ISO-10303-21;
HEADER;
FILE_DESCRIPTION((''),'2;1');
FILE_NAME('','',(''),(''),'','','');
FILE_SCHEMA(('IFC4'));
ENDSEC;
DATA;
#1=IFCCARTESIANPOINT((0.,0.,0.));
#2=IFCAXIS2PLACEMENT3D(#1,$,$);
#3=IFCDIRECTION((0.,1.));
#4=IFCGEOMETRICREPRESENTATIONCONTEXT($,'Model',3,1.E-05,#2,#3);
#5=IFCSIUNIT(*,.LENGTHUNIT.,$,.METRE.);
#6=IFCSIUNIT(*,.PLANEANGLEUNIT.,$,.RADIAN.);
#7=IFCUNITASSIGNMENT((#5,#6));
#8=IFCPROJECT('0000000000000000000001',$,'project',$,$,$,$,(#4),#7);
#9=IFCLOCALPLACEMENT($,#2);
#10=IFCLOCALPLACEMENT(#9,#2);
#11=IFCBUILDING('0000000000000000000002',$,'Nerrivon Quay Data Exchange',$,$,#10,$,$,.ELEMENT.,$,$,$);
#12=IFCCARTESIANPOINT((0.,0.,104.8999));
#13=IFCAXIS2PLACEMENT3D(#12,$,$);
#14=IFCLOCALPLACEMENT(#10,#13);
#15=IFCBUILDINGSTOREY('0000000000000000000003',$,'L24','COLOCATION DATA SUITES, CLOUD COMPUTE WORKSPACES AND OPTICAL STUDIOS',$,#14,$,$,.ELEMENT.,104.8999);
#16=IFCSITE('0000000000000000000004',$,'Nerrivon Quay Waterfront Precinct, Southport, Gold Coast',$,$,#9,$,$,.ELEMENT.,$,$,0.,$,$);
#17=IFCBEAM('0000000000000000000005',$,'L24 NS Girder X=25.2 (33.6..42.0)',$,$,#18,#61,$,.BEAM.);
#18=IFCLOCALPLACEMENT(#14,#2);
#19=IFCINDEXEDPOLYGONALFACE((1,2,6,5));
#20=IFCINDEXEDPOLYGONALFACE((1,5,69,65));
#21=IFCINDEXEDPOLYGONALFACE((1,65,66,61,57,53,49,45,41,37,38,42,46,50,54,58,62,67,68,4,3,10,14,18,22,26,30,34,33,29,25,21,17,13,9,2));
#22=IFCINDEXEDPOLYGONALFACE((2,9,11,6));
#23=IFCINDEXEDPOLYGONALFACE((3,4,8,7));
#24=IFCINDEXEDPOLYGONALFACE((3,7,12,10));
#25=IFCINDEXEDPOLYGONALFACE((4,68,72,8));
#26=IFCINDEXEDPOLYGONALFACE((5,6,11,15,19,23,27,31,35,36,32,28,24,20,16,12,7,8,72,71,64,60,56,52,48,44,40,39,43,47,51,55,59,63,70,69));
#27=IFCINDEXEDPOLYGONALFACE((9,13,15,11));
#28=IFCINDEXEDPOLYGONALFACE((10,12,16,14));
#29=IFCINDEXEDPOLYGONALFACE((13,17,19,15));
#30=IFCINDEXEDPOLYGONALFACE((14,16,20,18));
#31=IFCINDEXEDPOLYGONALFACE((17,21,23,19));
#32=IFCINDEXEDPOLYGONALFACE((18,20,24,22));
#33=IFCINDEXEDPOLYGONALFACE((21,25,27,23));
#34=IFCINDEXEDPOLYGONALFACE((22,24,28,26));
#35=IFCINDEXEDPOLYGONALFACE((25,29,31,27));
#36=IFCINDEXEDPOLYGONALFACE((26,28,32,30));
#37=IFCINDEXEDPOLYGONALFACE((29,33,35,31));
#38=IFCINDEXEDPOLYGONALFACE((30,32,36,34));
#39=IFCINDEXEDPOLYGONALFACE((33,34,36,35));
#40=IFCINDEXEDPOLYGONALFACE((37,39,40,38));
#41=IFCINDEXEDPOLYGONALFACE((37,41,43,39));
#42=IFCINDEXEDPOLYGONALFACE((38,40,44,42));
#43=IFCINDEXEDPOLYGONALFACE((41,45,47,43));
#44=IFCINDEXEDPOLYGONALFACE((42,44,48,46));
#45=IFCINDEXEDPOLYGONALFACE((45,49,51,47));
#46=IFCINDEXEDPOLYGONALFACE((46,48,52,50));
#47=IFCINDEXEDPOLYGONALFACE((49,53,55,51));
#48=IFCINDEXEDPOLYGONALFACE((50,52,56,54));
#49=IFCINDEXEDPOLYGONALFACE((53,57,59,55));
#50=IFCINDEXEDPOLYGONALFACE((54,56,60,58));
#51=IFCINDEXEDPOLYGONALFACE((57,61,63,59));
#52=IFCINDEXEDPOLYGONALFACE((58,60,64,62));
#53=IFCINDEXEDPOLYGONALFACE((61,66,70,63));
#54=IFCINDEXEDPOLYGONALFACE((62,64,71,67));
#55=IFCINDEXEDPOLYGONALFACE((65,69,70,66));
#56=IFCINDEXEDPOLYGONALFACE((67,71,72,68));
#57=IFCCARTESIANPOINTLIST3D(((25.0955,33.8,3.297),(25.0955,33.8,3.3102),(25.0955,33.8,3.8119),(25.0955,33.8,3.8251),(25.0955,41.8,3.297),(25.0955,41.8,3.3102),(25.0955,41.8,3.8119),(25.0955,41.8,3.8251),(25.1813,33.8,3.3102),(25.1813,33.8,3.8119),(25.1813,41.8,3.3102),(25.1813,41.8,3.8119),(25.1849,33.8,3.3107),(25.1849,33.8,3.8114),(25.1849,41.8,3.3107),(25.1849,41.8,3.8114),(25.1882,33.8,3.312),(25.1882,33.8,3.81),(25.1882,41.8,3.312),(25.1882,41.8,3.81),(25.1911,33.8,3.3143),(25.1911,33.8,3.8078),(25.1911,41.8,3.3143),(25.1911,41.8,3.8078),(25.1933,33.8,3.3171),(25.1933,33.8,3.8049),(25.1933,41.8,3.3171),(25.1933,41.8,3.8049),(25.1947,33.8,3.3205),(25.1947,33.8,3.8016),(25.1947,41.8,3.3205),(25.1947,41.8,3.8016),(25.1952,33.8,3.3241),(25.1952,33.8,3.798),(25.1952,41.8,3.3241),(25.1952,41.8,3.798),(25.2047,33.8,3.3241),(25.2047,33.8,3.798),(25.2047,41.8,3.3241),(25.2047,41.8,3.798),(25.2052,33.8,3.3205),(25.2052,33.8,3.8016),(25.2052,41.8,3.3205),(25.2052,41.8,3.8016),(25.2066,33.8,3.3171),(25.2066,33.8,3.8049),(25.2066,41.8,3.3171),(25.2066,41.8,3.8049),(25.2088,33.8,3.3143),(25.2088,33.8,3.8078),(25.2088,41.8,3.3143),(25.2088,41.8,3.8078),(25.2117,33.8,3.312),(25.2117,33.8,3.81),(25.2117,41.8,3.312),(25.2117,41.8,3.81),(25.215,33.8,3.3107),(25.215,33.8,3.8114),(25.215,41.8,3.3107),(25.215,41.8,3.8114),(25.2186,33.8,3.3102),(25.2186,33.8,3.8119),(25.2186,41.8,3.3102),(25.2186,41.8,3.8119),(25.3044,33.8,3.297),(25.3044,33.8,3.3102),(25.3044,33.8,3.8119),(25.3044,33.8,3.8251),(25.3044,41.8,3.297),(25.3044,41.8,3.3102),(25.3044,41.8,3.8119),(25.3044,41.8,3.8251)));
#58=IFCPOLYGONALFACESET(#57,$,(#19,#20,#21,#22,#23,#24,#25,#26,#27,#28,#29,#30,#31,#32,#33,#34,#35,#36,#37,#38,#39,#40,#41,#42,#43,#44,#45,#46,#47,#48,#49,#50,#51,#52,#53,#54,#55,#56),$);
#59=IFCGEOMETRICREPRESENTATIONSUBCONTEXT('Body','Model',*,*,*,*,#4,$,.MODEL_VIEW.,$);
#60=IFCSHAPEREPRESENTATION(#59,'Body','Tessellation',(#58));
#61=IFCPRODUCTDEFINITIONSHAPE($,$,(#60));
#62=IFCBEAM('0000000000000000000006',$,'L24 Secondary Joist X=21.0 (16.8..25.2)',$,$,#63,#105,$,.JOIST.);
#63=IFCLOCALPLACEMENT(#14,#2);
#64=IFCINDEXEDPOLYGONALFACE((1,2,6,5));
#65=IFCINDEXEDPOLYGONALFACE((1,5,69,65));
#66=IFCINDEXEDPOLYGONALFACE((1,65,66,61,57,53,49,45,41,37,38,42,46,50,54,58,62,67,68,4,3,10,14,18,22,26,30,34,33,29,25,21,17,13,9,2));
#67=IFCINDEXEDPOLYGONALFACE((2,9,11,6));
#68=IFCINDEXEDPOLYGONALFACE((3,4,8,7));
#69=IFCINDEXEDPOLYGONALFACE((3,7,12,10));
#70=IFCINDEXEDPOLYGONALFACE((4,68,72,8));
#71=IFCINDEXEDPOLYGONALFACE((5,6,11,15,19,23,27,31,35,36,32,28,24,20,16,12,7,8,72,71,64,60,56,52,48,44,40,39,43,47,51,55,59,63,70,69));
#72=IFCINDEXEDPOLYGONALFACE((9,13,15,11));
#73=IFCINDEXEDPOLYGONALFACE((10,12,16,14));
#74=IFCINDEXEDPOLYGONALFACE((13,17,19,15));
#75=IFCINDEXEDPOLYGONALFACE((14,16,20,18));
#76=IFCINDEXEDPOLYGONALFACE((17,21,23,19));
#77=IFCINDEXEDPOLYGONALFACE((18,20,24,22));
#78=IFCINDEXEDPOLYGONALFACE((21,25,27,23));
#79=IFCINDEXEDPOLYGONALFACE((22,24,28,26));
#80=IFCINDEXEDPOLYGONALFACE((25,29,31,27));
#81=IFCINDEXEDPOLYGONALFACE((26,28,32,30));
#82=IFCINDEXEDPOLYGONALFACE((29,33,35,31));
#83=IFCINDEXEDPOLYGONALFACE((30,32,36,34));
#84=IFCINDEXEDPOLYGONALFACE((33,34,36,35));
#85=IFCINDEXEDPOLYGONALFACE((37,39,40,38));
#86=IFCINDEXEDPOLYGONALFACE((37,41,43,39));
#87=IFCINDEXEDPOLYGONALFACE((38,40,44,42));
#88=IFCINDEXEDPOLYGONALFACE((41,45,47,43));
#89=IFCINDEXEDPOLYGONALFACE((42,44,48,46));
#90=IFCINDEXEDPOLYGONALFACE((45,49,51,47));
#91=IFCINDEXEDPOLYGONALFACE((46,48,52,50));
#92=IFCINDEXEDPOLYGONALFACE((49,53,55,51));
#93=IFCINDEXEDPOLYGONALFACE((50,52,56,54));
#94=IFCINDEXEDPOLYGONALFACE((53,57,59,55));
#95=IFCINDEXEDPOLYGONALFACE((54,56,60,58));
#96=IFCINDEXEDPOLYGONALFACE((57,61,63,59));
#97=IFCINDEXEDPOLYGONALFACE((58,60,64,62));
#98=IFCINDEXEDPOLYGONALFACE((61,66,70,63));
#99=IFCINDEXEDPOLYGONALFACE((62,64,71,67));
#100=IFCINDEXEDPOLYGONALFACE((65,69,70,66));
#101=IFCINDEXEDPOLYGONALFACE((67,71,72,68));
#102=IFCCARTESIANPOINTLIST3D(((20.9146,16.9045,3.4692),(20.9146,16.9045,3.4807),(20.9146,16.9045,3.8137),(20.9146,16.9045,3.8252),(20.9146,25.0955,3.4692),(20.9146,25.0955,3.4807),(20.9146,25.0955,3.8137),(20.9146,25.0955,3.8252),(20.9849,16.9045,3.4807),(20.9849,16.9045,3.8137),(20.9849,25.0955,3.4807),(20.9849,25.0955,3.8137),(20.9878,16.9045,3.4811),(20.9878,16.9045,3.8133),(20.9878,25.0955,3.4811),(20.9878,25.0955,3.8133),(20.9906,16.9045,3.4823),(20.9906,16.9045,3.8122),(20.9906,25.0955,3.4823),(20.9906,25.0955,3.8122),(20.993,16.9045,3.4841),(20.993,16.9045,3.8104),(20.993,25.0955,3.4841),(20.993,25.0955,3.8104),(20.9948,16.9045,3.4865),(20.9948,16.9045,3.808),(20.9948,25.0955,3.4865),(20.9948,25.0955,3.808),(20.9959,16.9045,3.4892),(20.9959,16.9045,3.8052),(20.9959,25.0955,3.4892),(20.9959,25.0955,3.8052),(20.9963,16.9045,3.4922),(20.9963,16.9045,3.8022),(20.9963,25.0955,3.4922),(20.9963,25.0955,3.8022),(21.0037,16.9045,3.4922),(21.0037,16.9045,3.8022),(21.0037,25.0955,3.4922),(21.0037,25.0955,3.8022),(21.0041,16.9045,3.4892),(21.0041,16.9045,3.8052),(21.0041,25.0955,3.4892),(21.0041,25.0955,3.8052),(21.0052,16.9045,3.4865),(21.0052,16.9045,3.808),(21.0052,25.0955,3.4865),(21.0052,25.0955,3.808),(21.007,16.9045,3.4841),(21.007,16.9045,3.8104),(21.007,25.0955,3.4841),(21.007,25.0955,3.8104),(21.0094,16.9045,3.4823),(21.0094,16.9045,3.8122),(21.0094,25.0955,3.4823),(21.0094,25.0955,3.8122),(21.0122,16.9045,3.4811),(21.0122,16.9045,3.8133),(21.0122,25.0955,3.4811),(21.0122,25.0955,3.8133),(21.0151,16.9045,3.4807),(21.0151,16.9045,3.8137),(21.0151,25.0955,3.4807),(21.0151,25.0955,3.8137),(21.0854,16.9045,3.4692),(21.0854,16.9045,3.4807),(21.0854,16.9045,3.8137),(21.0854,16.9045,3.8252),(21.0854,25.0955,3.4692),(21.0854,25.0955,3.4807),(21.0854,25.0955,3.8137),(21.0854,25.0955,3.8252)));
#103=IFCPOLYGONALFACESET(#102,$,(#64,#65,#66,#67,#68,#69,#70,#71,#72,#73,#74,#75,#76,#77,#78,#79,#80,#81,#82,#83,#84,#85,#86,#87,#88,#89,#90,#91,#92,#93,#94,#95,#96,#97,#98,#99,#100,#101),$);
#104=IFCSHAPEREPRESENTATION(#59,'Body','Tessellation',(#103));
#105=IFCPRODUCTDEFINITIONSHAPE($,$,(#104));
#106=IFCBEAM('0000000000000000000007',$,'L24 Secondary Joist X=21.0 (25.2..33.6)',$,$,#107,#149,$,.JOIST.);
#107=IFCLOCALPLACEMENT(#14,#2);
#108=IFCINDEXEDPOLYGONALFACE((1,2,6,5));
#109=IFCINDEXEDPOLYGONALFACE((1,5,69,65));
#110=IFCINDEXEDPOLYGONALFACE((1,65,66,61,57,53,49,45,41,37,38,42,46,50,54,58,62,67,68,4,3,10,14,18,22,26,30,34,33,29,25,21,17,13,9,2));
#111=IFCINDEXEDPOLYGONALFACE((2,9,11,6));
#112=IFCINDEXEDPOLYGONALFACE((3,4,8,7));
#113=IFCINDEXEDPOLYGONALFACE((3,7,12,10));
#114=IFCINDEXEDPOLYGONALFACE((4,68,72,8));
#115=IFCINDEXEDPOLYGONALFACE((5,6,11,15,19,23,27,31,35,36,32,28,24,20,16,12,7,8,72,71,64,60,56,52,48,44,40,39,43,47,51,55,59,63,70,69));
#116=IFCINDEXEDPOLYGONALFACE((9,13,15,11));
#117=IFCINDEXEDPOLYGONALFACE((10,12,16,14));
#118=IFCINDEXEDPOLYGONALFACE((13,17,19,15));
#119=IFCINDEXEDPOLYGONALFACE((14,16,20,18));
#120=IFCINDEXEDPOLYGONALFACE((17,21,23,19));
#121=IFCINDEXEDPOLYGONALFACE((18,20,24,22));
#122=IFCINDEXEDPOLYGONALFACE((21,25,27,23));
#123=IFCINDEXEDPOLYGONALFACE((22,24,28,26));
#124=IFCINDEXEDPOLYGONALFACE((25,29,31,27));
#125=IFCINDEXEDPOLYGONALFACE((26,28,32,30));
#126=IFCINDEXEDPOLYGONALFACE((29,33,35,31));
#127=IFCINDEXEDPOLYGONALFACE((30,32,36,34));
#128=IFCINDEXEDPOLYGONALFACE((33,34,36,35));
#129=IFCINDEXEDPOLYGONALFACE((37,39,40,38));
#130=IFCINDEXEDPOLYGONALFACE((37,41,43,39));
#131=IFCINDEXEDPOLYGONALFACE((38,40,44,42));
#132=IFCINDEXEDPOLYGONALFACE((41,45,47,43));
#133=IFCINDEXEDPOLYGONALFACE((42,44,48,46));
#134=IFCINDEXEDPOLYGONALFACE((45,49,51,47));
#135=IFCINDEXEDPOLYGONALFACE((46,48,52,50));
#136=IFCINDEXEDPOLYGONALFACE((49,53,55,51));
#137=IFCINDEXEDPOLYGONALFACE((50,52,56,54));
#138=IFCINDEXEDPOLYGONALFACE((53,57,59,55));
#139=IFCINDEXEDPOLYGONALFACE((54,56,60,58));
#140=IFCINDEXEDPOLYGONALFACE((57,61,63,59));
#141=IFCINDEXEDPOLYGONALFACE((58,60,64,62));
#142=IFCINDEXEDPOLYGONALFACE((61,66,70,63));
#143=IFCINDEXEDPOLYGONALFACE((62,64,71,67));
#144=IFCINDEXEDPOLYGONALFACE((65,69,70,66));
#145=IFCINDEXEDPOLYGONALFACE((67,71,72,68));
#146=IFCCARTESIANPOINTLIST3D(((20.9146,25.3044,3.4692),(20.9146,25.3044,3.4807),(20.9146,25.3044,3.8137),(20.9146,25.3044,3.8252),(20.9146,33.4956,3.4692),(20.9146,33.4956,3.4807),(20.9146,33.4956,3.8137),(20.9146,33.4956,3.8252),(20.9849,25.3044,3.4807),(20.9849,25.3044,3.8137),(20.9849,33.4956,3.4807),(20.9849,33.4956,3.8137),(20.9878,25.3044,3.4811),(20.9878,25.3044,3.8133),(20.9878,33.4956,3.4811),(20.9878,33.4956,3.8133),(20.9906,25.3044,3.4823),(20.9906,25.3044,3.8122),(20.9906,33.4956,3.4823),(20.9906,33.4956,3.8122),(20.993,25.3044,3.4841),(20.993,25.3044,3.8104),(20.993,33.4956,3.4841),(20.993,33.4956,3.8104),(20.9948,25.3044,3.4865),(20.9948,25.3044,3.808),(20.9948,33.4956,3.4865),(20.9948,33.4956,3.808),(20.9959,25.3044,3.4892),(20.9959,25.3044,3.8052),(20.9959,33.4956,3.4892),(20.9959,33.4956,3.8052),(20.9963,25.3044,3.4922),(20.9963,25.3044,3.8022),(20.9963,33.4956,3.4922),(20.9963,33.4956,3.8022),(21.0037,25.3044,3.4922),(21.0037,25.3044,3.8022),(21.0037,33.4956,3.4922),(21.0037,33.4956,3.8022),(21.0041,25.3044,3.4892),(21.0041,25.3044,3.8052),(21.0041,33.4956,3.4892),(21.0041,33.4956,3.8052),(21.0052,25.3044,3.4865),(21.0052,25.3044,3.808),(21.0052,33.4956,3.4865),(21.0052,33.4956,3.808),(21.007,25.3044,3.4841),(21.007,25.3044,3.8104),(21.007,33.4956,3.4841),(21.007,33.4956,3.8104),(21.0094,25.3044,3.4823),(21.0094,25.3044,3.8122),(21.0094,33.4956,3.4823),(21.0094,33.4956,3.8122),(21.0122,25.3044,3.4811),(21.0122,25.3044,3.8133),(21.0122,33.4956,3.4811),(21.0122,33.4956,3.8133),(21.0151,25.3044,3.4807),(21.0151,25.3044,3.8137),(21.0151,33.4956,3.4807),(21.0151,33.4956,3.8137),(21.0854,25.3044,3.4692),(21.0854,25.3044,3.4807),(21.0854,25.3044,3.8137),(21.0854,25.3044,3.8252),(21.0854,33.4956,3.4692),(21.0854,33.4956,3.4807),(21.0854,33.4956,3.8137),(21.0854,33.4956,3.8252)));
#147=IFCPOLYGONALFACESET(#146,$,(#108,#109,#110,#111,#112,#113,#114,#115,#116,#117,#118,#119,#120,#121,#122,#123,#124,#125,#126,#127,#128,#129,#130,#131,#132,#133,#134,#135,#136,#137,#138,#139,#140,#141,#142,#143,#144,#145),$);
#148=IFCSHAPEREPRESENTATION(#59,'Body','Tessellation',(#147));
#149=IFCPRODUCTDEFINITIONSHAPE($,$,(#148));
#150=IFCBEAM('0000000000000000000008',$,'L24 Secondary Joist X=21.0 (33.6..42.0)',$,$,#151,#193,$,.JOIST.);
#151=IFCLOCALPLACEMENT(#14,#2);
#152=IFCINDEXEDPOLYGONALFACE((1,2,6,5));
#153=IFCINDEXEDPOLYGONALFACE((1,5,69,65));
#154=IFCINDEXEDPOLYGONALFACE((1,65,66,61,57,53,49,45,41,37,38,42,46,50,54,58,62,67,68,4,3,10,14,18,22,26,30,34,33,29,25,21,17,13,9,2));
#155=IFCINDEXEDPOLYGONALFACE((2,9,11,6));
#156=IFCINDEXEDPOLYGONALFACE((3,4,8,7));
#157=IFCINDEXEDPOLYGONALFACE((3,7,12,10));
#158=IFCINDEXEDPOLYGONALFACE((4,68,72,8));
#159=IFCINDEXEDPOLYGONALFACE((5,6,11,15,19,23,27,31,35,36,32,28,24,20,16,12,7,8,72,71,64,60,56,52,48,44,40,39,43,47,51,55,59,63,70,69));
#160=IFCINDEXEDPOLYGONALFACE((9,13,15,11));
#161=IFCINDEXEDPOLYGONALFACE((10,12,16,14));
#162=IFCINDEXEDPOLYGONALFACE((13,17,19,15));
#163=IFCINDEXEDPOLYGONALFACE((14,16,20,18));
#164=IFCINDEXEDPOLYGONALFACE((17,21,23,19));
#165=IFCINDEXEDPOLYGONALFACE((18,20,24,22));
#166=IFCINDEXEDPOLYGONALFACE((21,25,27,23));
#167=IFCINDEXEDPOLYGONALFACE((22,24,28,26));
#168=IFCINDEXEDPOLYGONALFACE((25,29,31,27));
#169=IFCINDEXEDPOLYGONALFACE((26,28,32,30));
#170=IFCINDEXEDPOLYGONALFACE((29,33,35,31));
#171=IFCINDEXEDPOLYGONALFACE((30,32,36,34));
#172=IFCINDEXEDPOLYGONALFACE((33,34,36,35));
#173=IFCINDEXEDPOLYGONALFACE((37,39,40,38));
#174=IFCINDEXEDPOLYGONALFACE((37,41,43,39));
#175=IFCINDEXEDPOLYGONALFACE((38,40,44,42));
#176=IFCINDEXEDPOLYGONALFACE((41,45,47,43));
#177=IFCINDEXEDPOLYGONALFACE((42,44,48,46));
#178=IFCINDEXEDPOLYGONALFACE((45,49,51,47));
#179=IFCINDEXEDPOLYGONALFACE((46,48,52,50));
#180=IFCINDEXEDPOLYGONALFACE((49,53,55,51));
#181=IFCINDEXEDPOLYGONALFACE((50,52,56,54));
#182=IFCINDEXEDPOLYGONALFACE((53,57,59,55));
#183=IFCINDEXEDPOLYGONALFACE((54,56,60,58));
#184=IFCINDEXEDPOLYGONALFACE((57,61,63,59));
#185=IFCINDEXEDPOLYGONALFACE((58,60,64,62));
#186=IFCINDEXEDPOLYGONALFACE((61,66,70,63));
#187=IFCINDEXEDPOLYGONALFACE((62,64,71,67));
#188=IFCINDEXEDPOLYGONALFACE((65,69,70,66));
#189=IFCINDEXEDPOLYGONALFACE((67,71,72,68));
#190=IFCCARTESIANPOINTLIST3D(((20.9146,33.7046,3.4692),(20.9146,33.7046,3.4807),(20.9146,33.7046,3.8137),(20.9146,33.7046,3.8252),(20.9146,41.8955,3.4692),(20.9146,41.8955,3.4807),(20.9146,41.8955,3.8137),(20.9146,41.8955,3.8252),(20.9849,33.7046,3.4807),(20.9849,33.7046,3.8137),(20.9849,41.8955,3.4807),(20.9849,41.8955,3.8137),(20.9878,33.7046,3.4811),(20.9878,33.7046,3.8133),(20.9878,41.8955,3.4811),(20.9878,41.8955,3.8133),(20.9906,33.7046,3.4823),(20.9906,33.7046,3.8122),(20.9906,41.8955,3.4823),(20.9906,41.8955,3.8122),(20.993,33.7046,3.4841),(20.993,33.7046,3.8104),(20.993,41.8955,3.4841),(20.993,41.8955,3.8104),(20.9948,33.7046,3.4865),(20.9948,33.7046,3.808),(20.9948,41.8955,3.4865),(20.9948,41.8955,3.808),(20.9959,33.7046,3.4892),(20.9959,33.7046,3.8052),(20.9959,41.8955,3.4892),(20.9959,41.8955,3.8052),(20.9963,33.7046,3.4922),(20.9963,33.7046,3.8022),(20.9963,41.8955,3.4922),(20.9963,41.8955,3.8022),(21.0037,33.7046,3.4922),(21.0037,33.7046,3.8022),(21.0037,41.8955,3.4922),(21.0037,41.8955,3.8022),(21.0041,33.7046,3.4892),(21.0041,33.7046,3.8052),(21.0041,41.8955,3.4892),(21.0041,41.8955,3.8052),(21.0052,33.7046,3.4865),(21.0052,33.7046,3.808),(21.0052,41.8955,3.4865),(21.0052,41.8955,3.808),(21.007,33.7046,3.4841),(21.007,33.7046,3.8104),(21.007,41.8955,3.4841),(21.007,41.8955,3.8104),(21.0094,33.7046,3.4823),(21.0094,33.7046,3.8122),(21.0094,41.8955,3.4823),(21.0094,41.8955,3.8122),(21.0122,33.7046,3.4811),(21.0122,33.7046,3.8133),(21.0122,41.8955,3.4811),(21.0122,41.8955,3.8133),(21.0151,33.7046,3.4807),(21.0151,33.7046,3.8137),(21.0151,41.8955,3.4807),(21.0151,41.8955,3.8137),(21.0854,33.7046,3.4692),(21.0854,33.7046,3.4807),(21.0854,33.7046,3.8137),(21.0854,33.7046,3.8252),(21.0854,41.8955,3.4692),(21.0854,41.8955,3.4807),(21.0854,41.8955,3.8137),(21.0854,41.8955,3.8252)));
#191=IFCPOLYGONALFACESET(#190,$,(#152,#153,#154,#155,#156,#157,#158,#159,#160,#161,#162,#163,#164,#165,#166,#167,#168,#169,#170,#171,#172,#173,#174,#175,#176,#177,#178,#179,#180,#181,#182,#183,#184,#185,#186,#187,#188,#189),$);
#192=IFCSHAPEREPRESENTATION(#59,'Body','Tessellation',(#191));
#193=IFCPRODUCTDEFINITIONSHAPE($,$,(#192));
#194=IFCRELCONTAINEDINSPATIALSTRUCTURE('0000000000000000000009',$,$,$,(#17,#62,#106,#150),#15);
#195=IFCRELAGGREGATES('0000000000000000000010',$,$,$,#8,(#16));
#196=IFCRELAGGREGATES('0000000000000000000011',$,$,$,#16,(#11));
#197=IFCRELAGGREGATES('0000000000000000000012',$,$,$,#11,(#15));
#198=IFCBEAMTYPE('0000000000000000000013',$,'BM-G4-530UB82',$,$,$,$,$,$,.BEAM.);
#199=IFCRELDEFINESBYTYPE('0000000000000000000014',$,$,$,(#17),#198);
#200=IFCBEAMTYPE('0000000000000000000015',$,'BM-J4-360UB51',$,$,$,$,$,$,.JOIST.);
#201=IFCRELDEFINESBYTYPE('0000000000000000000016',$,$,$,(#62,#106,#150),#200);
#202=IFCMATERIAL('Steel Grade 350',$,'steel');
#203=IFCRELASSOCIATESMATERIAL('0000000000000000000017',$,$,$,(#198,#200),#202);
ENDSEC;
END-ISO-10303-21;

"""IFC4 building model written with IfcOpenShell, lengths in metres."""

from ifc_helpers import new_model, si_unit, direction, frame, origin, origin_2d, place, context, subcontext, project, spatial, i_section, extrude, material, material_profile, profile_set, type_object, element, save


model = new_model("IFC4")

# Units and contexts
model_context = context("Model", 3, precision=1e-05, world=origin(), true_north=direction((0.0, 1.0)))
body_context = subcontext(model_context, "Body", "Model", "MODEL_VIEW")
ifc_project = project(units=[si_unit("LENGTHUNIT", "METRE"), si_unit("PLANEANGLEUNIT", "RADIAN")], contexts=[model_context])

# Site, building, storey
site_placement = place(None, origin())
site = spatial("IfcSite", under=ifc_project, at=site_placement, Name="Nerrivon Quay Waterfront Precinct, Southport, Gold Coast", CompositionType="ELEMENT", RefElevation=0.0)
building_placement = place(site_placement, origin())
building = spatial("IfcBuilding", under=site, at=building_placement, Name="Nerrivon Quay Data Exchange", CompositionType="ELEMENT")
storey_placement = place(building_placement, frame((0.0, 0.0, 104.8999)))
storey = spatial("IfcBuildingStorey", under=building, at=storey_placement, Name="L24", Description="COLOCATION DATA SUITES, CLOUD COMPUTE WORKSPACES AND OPTICAL STUDIOS", CompositionType="ELEMENT", Elevation=104.8999)

# Shared definitions
ifc_material_1 = material(Name="Steel Grade 350", Category="steel")

# Beams
ifc_material_profile_1 = material_profile(ifc_material_1, i_section(OverallWidth=0.209, OverallDepth=0.5281, WebThickness=0.0095, FlangeThickness=0.0132, FilletRadius=0.0139, at=origin_2d()), Name="530UB82.0")
ifc_profile_set_1 = profile_set([ifc_material_profile_1], Name="Steel Grade 350")
beam_type_1 = type_object("IfcBeamType", Name="BM-G4-530UB82", PredefinedType="BEAM", material=ifc_profile_set_1)
for number, where, z_axis, x_axis, name in (
    (1, (25.2, 33.8, 3.561), (0.0, 1.0, 0.0), (-1.0, 0.0, 0.0), "L24 NS Girder X=25.2 (33.6..42.0)"),
):
    element("IfcBeam", number, at=place(storey_placement, frame(where, z_axis=z_axis, x_axis=x_axis)), inside=storey, type_object=beam_type_1, Name=name, PredefinedType="BEAM", context=body_context, shape_type="SweptSolid", body=[
        extrude(i_section(OverallWidth=0.209, OverallDepth=0.5281, WebThickness=0.0095, FlangeThickness=0.0132, FilletRadius=0.0139, at=origin_2d()), origin(), (0.0, 0.0, 1.0), 8.0),
    ])
ifc_material_profile_2 = material_profile(ifc_material_1, i_section(OverallWidth=0.1709, OverallDepth=0.356, WebThickness=0.0073, FlangeThickness=0.0115, FilletRadius=0.0115, at=origin_2d()), Name="360UB50.7")
ifc_profile_set_2 = profile_set([ifc_material_profile_2], Name="Steel Grade 350")
beam_type_2 = type_object("IfcBeamType", Name="BM-J4-360UB51", PredefinedType="JOIST", material=ifc_profile_set_2)
beam_1_placement = place(storey_placement, frame((21.0, 16.9045, 3.6472), z_axis=(0.0, 1.0, 0.0), x_axis=(-1.0, 0.0, 0.0)))
element("IfcBeam", 2, at=beam_1_placement, inside=storey, type_object=beam_type_2, Name="L24 Secondary Joist X=21.0 (16.8..25.2)", PredefinedType="JOIST", context=body_context, shape_type="SweptSolid", body=[
    extrude(i_section(OverallWidth=0.1709, OverallDepth=0.356, WebThickness=0.0073, FlangeThickness=0.0115, FilletRadius=0.0115, at=origin_2d()), origin(), (0.0, 0.0, 1.0), 8.1909),
])
beam_2_placement = place(storey_placement, frame((21.0, 25.3044, 3.6472), z_axis=(0.0, 1.0, 0.0), x_axis=(-1.0, 0.0, 0.0)))
element("IfcBeam", 3, at=beam_2_placement, inside=storey, type_object=beam_type_2, Name="L24 Secondary Joist X=21.0 (25.2..33.6)", PredefinedType="JOIST", context=body_context, shape_type="SweptSolid", body=[
    extrude(i_section(OverallWidth=0.1709, OverallDepth=0.356, WebThickness=0.0073, FlangeThickness=0.0115, FilletRadius=0.0115, at=origin_2d()), origin(), (0.0, 0.0, 1.0), 8.1912),
])
beam_3_placement = place(storey_placement, frame((21.0, 33.7046, 3.6472), z_axis=(0.0, 1.0, 0.0), x_axis=(-1.0, 0.0, 0.0)))
element("IfcBeam", 4, at=beam_3_placement, inside=storey, type_object=beam_type_2, Name="L24 Secondary Joist X=21.0 (33.6..42.0)", PredefinedType="JOIST", context=body_context, shape_type="SweptSolid", body=[
    extrude(i_section(OverallWidth=0.1709, OverallDepth=0.356, WebThickness=0.0073, FlangeThickness=0.0115, FilletRadius=0.0115, at=origin_2d()), origin(), (0.0, 0.0, 1.0), 8.1909),
])

save(model, "model.ifc")
